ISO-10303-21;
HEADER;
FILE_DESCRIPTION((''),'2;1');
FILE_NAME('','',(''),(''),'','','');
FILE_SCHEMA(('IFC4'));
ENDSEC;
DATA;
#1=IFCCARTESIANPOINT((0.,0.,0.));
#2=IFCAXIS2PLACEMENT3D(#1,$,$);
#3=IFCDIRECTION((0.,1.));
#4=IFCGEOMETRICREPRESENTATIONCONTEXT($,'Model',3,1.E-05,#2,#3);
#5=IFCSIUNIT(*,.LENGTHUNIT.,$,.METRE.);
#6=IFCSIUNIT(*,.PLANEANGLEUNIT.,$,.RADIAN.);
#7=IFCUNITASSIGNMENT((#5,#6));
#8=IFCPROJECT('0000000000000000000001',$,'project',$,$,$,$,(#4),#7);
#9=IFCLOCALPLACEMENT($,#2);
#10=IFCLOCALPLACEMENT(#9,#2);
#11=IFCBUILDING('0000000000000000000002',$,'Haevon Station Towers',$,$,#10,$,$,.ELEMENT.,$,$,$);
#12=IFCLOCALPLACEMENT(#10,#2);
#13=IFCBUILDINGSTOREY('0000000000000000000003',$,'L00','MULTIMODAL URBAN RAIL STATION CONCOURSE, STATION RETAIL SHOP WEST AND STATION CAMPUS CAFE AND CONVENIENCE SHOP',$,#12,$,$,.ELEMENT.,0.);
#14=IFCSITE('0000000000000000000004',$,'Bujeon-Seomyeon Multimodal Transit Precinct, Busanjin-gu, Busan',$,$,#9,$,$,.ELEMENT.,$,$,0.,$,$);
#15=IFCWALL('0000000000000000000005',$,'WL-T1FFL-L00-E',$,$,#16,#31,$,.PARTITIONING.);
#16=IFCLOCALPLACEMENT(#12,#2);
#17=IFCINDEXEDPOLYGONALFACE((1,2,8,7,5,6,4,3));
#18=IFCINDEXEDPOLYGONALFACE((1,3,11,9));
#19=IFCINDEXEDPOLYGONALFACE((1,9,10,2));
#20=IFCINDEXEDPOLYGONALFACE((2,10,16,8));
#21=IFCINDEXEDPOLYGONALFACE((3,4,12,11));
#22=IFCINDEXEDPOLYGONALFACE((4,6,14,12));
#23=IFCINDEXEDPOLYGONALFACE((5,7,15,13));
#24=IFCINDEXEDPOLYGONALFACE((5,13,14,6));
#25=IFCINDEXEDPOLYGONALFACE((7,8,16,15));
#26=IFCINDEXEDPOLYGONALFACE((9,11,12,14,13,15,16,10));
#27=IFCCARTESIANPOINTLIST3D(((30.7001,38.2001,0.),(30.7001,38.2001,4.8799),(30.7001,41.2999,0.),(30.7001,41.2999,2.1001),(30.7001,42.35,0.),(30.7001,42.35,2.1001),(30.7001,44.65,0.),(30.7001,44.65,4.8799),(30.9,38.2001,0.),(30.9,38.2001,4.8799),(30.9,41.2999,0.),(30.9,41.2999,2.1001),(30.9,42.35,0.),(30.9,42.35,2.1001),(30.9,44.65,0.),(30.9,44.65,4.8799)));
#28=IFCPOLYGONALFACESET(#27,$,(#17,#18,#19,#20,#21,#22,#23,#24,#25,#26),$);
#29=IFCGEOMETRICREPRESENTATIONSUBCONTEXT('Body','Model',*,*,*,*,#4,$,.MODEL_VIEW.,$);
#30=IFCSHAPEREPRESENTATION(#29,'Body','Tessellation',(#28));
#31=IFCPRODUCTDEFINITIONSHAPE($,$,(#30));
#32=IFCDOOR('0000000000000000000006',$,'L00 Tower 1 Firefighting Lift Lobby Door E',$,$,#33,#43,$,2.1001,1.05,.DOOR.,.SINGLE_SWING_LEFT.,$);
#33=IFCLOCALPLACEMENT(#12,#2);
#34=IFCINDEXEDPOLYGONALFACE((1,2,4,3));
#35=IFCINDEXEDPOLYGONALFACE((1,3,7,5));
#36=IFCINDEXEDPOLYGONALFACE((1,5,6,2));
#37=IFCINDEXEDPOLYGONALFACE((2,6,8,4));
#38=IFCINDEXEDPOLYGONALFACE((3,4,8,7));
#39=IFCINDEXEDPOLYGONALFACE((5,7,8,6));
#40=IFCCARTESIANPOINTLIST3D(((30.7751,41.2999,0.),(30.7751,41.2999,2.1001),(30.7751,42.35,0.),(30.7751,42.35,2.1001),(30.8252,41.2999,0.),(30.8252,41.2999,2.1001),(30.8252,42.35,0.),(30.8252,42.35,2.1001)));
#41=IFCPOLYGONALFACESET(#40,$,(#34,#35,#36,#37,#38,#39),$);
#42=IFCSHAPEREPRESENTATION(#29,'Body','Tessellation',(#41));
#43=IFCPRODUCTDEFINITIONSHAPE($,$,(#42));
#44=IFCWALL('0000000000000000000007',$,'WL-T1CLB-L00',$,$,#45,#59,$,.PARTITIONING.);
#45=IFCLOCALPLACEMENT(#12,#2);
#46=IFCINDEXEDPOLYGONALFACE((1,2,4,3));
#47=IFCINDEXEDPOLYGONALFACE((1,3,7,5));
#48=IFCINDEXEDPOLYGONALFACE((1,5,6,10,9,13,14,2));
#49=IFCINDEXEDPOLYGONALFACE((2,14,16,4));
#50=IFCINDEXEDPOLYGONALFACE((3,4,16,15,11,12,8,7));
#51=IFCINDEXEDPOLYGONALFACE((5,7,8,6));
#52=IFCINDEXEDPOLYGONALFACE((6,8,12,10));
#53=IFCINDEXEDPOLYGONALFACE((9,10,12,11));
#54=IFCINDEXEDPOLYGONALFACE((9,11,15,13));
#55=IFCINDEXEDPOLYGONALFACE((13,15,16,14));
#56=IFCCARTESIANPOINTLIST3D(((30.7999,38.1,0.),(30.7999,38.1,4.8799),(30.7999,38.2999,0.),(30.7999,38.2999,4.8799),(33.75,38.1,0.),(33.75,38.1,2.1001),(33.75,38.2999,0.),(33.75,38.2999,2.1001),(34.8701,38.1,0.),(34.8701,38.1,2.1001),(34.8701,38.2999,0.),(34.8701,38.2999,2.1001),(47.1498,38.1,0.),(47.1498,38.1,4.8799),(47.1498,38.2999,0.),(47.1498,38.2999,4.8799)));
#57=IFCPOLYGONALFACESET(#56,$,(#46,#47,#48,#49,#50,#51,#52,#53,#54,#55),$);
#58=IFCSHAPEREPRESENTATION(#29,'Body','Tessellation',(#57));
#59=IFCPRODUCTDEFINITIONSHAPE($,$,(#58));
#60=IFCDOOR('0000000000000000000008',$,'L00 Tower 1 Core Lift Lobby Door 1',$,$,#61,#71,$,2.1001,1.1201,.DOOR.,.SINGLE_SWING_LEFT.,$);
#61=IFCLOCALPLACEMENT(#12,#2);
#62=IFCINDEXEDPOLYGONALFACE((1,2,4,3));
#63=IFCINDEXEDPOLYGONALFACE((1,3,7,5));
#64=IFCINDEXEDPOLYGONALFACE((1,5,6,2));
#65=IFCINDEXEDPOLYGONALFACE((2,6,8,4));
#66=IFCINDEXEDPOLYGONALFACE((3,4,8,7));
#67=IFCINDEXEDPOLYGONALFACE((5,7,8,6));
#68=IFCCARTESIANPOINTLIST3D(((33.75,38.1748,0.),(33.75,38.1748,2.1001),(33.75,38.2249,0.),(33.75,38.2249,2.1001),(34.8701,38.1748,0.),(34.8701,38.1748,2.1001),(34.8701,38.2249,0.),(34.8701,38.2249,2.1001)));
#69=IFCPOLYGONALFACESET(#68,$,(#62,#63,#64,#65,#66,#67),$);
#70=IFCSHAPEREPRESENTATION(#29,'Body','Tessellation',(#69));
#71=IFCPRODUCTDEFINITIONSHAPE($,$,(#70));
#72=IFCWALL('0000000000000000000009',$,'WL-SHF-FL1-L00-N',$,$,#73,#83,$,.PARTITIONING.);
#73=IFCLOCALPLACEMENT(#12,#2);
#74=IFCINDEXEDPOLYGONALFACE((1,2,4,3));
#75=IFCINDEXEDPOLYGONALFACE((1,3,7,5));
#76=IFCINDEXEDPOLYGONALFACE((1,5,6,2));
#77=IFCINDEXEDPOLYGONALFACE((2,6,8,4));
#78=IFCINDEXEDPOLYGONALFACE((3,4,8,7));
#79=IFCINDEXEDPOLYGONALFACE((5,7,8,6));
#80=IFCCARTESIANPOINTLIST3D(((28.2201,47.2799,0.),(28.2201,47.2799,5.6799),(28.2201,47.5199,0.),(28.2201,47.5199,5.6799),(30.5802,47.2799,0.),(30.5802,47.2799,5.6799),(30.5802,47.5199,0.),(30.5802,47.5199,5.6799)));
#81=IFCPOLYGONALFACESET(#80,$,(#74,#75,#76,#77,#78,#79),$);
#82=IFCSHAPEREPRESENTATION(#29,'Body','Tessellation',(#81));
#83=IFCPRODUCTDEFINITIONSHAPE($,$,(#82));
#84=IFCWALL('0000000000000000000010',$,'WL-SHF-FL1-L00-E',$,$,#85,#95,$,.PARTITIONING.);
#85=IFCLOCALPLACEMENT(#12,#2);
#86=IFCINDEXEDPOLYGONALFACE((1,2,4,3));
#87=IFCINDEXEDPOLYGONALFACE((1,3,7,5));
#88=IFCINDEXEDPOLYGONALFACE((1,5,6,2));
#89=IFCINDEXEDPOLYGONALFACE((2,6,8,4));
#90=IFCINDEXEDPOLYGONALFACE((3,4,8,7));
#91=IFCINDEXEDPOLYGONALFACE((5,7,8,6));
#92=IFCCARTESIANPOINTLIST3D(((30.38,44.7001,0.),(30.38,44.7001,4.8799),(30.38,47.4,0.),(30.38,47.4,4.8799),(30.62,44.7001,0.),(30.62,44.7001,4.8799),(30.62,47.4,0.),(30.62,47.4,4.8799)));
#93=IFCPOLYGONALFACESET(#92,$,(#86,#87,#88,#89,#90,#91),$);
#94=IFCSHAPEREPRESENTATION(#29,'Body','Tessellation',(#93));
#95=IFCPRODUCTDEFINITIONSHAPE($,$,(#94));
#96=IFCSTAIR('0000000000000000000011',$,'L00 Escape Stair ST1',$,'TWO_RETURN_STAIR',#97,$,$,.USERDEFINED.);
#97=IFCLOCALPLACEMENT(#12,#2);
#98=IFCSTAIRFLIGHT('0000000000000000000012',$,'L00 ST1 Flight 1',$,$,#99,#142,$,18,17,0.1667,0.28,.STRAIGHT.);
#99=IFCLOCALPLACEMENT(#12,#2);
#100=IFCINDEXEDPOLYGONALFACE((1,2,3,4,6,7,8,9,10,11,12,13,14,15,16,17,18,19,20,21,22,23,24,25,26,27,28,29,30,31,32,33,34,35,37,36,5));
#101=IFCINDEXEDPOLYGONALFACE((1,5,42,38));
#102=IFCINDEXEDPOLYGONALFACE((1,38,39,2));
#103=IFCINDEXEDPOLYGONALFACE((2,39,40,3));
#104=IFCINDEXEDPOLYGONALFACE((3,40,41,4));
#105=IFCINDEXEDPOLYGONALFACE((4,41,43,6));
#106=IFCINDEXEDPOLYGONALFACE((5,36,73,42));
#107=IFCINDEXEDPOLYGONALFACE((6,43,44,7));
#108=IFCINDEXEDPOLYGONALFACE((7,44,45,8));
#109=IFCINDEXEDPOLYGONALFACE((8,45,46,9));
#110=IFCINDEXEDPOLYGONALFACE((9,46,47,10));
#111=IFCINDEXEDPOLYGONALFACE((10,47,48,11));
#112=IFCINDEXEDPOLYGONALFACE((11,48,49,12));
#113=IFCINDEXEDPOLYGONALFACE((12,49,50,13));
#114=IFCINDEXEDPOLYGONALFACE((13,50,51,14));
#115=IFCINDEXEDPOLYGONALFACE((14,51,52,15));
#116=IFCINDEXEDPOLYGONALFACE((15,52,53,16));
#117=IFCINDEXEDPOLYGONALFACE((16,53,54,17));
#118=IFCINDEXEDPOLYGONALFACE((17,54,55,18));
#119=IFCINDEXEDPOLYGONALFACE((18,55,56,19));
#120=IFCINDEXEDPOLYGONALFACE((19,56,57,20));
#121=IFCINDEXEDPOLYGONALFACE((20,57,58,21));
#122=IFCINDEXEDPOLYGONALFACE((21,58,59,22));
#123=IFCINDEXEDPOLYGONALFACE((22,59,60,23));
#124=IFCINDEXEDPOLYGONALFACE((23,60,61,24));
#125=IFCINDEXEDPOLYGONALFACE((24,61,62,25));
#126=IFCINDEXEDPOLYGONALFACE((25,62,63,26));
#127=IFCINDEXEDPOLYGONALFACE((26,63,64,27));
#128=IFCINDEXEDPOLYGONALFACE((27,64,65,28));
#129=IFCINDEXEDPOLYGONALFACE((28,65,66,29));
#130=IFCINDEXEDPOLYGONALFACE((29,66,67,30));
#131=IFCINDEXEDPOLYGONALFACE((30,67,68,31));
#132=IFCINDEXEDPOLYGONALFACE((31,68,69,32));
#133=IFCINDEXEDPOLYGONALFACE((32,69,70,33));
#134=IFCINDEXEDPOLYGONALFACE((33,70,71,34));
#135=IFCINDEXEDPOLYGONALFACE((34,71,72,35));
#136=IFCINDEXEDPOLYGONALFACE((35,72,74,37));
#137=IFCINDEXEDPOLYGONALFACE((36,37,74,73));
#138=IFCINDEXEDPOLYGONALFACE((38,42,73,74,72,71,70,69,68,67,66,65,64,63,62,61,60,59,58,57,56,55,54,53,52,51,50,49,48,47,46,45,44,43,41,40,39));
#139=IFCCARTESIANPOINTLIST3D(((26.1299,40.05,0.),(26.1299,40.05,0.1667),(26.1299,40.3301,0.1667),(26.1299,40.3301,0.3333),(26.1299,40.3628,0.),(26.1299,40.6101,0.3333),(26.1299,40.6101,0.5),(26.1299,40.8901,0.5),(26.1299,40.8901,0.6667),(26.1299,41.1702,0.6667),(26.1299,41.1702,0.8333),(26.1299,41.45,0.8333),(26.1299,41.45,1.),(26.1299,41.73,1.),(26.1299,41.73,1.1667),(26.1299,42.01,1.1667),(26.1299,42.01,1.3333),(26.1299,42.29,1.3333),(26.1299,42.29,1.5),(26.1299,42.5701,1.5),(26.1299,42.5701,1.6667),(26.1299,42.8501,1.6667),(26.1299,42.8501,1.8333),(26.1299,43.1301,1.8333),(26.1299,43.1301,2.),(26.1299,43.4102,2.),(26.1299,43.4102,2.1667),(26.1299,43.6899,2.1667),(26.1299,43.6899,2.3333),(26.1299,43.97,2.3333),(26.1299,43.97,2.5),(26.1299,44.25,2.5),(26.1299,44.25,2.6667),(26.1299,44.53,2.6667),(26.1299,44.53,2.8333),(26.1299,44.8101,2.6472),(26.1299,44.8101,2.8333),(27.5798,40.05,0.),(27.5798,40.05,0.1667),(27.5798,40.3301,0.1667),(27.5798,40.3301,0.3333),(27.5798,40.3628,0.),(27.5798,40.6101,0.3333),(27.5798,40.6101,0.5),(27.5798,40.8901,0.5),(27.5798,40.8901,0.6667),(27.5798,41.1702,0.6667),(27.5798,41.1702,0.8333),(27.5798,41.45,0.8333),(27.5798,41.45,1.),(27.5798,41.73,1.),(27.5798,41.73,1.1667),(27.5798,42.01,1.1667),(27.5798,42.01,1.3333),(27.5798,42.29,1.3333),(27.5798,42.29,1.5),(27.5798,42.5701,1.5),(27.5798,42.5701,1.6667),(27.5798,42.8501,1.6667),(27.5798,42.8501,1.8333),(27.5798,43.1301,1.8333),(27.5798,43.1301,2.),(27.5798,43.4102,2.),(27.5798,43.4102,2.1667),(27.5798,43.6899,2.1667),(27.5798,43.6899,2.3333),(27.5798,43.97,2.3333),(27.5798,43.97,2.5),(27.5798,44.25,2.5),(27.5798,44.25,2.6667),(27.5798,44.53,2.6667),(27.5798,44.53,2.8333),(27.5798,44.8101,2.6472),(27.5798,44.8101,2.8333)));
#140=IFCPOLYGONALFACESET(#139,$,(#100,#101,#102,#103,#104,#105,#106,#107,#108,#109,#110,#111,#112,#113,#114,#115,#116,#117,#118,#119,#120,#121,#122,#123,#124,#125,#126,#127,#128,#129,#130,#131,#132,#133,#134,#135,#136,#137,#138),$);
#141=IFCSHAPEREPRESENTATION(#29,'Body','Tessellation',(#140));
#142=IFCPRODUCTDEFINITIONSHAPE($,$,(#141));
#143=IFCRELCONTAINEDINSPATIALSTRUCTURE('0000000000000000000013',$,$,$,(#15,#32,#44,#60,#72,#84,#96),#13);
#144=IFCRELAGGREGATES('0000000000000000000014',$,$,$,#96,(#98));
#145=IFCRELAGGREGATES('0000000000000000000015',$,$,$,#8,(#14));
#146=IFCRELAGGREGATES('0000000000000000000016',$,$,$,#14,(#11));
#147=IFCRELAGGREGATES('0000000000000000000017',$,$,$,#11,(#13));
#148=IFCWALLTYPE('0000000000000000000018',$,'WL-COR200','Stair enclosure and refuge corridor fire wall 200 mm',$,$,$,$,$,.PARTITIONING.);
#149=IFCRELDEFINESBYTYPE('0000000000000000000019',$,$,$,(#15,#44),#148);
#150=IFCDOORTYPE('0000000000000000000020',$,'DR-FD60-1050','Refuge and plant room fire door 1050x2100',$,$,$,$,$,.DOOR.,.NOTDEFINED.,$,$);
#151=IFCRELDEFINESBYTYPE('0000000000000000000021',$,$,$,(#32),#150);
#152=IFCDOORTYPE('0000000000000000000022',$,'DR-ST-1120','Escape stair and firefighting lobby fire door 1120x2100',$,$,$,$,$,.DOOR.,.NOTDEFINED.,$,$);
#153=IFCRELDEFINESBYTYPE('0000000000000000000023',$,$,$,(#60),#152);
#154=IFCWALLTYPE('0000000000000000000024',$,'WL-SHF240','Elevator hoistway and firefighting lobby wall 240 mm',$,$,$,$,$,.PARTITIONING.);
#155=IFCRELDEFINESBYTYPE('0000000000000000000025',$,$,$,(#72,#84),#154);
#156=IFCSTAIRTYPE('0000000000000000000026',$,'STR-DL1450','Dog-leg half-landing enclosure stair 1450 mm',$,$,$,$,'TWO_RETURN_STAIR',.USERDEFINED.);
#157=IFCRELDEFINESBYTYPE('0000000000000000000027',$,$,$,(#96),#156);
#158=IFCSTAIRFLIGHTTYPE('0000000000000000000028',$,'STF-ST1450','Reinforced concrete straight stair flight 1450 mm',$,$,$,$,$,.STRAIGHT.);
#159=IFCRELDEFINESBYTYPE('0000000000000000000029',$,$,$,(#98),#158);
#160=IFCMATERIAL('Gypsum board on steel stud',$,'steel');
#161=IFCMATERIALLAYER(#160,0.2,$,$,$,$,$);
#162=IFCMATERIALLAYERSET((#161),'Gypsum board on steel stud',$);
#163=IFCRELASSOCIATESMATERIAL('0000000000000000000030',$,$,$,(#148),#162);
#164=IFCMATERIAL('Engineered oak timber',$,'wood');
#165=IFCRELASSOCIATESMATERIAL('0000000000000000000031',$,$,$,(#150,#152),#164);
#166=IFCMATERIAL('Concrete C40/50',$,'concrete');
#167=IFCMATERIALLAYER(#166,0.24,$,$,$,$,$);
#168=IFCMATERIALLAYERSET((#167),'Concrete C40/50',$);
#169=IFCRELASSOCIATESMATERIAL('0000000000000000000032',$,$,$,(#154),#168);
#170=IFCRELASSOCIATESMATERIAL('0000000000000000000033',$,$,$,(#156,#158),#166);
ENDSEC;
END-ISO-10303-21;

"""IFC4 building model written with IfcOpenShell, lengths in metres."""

from ifc_helpers import new_model, si_unit, direction, frame, frame_2d, origin, place, context, subcontext, project, spatial, polyline, rectangle, outline, extrude, material, layer, layer_set, type_object, element, fill, aggregate, save


model = new_model("IFC4")

# Units and contexts
model_context = context("Model", 3, precision=1e-05, world=origin(), true_north=direction((0.0, 1.0)))
body_context = subcontext(model_context, "Body", "Model", "MODEL_VIEW")
ifc_project = project(units=[si_unit("LENGTHUNIT", "METRE"), si_unit("PLANEANGLEUNIT", "RADIAN")], contexts=[model_context])

# Site, building, storey
site_placement = place(None, origin())
site = spatial("IfcSite", under=ifc_project, at=site_placement, Name="Bujeon-Seomyeon Multimodal Transit Precinct, Busanjin-gu, Busan", CompositionType="ELEMENT", RefElevation=0.0)
building_placement = place(site_placement, origin())
building = spatial("IfcBuilding", under=site, at=building_placement, Name="Haevon Station Towers", CompositionType="ELEMENT")
storey_placement = place(building_placement, origin())
storey = spatial("IfcBuildingStorey", under=building, at=storey_placement, Name="L00", Description="MULTIMODAL URBAN RAIL STATION CONCOURSE, STATION RETAIL SHOP WEST AND STATION CAMPUS CAFE AND CONVENIENCE SHOP", CompositionType="ELEMENT", Elevation=0.0)

# Walls, openings, doors
ifc_material_1 = material(Name="Gypsum board on steel stud", Category="steel")
ifc_layer_1 = layer(ifc_material_1, 0.2)
ifc_layer_set_1 = layer_set([ifc_layer_1], Name="Gypsum board on steel stud")
wall_type_1 = type_object("IfcWallType", Name="WL-COR200", Description="Stair enclosure and refuge corridor fire wall 200 mm", PredefinedType="PARTITIONING", material=ifc_layer_set_1)
wall_1_placement = place(storey_placement, frame((30.8, 38.2, 0.0), z_axis=(0.0, 0.0, 1.0), x_axis=(0.0, 1.0, 0.0)))
wall_1 = element("IfcWall", 1, at=wall_1_placement, inside=storey, type_object=wall_type_1, Name="WL-T1FFL-L00-E", PredefinedType="PARTITIONING", context=body_context, shape_type="SweptSolid", body=[
    extrude(rectangle(XDim=6.45, YDim=0.2, at=frame_2d((3.2251, 0.0))), origin(), (0.0, 0.0, 1.0), 4.8799),
])
opening_1_placement = place(wall_1_placement, frame((3.1001, 0.0, 0.0)))
opening_1 = element("IfcOpeningElement", 2, at=opening_1_placement, cuts=wall_1, PredefinedType="OPENING", context=body_context, shape_type="SweptSolid", body=[
    extrude(rectangle(XDim=1.05, YDim=2.1001, at=frame_2d((0.5249, 1.05))), frame((0.0, 0.1099, 0.0), z_axis=(0.0, -1.0, 0.0), x_axis=(1.0, 0.0, 0.0)), (0.0, 0.0, 1.0), 0.22),
])
ifc_material_2 = material(Name="Engineered oak timber", Category="wood")
door_type_1 = type_object("IfcDoorType", Name="DR-FD60-1050", Description="Refuge and plant room fire door 1050x2100", OperationType="NOTDEFINED", PredefinedType="DOOR", material=ifc_material_2)
door_1_placement = place(opening_1_placement, origin())
door_1 = element("IfcDoor", 3, at=door_1_placement, inside=storey, type_object=door_type_1, Name="L00 Tower 1 Firefighting Lift Lobby Door E", OperationType="SINGLE_SWING_LEFT", OverallHeight=2.1001, OverallWidth=1.05, PredefinedType="DOOR", context=body_context, shape_type="SweptSolid", body=[
    extrude(rectangle(XDim=1.05, YDim=2.1001, at=frame_2d((0.5249, 1.05))), frame((0.0, 0.0249, 0.0), z_axis=(0.0, -1.0, 0.0), x_axis=(1.0, 0.0, 0.0)), (0.0, 0.0, 1.0), 0.05),
])
fill(opening_1, door_1)
wall_2_placement = place(storey_placement, frame((30.8, 38.2, 0.0), z_axis=(0.0, 0.0, 1.0), x_axis=(1.0, 0.0, 0.0)))
wall_2 = element("IfcWall", 4, at=wall_2_placement, inside=storey, type_object=wall_type_1, Name="WL-T1CLB-L00", PredefinedType="PARTITIONING", context=body_context, shape_type="SweptSolid", body=[
    extrude(rectangle(XDim=16.3499, YDim=0.2, at=frame_2d((8.1748, 0.0))), origin(), (0.0, 0.0, 1.0), 4.8799),
])
opening_2_placement = place(wall_2_placement, frame((2.95, 0.0, 0.0)))
opening_2 = element("IfcOpeningElement", 5, at=opening_2_placement, cuts=wall_2, PredefinedType="OPENING", context=body_context, shape_type="SweptSolid", body=[
    extrude(rectangle(XDim=1.1201, YDim=2.1001, at=frame_2d((0.5601, 1.05))), frame((0.0, 0.1099, 0.0), z_axis=(0.0, -1.0, 0.0), x_axis=(1.0, 0.0, 0.0)), (0.0, 0.0, 1.0), 0.22),
])
door_type_2 = type_object("IfcDoorType", Name="DR-ST-1120", Description="Escape stair and firefighting lobby fire door 1120x2100", OperationType="NOTDEFINED", PredefinedType="DOOR", material=ifc_material_2)
door_2_placement = place(opening_2_placement, origin())
door_2 = element("IfcDoor", 6, at=door_2_placement, inside=storey, type_object=door_type_2, Name="L00 Tower 1 Core Lift Lobby Door 1", OperationType="SINGLE_SWING_LEFT", OverallHeight=2.1001, OverallWidth=1.1201, PredefinedType="DOOR", context=body_context, shape_type="SweptSolid", body=[
    extrude(rectangle(XDim=1.1201, YDim=2.1001, at=frame_2d((0.5601, 1.05))), frame((0.0, 0.0249, 0.0), z_axis=(0.0, -1.0, 0.0), x_axis=(1.0, 0.0, 0.0)), (0.0, 0.0, 1.0), 0.05),
])
fill(opening_2, door_2)
ifc_material_3 = material(Name="Concrete C40/50", Category="concrete")
ifc_layer_2 = layer(ifc_material_3, 0.24)
ifc_layer_set_2 = layer_set([ifc_layer_2], Name="Concrete C40/50")
wall_type_2 = type_object("IfcWallType", Name="WL-SHF240", Description="Elevator hoistway and firefighting lobby wall 240 mm", PredefinedType="PARTITIONING", material=ifc_layer_set_2)

# Walls
wall_3_placement = place(storey_placement, frame((28.22, 47.3999, 0.0), z_axis=(0.0, 0.0, 1.0), x_axis=(1.0, 0.0, 0.0)))
element("IfcWall", 7, at=wall_3_placement, inside=storey, type_object=wall_type_2, Name="WL-SHF-FL1-L00-N", PredefinedType="PARTITIONING", context=body_context, shape_type="SweptSolid", body=[
    extrude(rectangle(XDim=2.3601, YDim=0.24, at=frame_2d((1.1802, 0.0))), origin(), (0.0, 0.0, 1.0), 5.6799),
])
wall_4_placement = place(storey_placement, frame((30.5, 44.7, 0.0), z_axis=(0.0, 0.0, 1.0), x_axis=(0.0, 1.0, 0.0)))
element("IfcWall", 8, at=wall_4_placement, inside=storey, type_object=wall_type_2, Name="WL-SHF-FL1-L00-E", PredefinedType="PARTITIONING", context=body_context, shape_type="SweptSolid", body=[
    extrude(rectangle(XDim=2.7, YDim=0.24, at=frame_2d((1.3501, 0.0))), origin(), (0.0, 0.0, 1.0), 4.8799),
])

# Stair, stair flight
stair_type = type_object("IfcStairType", Name="STR-DL1450", Description="Dog-leg half-landing enclosure stair 1450 mm", ElementType="TWO_RETURN_STAIR", PredefinedType="USERDEFINED", material=ifc_material_3)
stair_placement = place(storey_placement, origin())
stair = element("IfcStair", 9, at=stair_placement, inside=storey, type_object=stair_type, Name="L00 Escape Stair ST1", ObjectType="TWO_RETURN_STAIR", PredefinedType="USERDEFINED")
stair_flight_type = type_object("IfcStairFlightType", Name="STF-ST1450", Description="Reinforced concrete straight stair flight 1450 mm", PredefinedType="STRAIGHT", material=ifc_material_3)
stair_flight_1_placement = place(storey_placement, frame((26.855, 40.05, 0.0), z_axis=(0.0, 0.0, 1.0), x_axis=(0.0, 1.0, 0.0)))
stair_flight_1 = element("IfcStairFlight", 10, at=stair_flight_1_placement, type_object=stair_flight_type, Name="L00 ST1 Flight 1", NumberOfRisers=18, NumberOfTreads=17, PredefinedType="STRAIGHT", RiserHeight=0.1667, TreadLength=0.28, context=body_context, shape_type="SweptSolid", body=[
    extrude(outline(polyline([(0.0, 0.0), (0.0, 0.1667), (0.28, 0.1667), (0.28, 0.3333), (0.5601, 0.3333), (0.5601, 0.5), (0.8401, 0.5), (0.8401, 0.6667), (1.1201, 0.6667), (1.1201, 0.8333), (1.3999, 0.8333), (1.3999, 1.0), (1.6799, 1.0), (1.6799, 1.1667), (1.96, 1.1667), (1.96, 1.3333), (2.24, 1.3333), (2.24, 1.5), (2.52, 1.5), (2.52, 1.6667), (2.8, 1.6667), (2.8, 1.8333), (3.0801, 1.8333), (3.0801, 2.0), (3.3601, 2.0), (3.3601, 2.1667), (3.6399, 2.1667), (3.6399, 2.3333), (3.9199, 2.3333), (3.9199, 2.5), (4.2, 2.5), (4.2, 2.6667), (4.48, 2.6667), (4.48, 2.8333), (4.76, 2.8333), (4.76, 3.0), (4.76, 2.6472), (0.3127, 0.0), (0.0, 0.0)])), frame((0.0, 0.7251, 0.0), z_axis=(0.0, -1.0, 0.0), x_axis=(1.0, 0.0, 0.0)), (0.0, 0.0, 1.0), 1.45),
])
aggregate(stair, [stair_flight_1])

save(model, "model.ifc")
